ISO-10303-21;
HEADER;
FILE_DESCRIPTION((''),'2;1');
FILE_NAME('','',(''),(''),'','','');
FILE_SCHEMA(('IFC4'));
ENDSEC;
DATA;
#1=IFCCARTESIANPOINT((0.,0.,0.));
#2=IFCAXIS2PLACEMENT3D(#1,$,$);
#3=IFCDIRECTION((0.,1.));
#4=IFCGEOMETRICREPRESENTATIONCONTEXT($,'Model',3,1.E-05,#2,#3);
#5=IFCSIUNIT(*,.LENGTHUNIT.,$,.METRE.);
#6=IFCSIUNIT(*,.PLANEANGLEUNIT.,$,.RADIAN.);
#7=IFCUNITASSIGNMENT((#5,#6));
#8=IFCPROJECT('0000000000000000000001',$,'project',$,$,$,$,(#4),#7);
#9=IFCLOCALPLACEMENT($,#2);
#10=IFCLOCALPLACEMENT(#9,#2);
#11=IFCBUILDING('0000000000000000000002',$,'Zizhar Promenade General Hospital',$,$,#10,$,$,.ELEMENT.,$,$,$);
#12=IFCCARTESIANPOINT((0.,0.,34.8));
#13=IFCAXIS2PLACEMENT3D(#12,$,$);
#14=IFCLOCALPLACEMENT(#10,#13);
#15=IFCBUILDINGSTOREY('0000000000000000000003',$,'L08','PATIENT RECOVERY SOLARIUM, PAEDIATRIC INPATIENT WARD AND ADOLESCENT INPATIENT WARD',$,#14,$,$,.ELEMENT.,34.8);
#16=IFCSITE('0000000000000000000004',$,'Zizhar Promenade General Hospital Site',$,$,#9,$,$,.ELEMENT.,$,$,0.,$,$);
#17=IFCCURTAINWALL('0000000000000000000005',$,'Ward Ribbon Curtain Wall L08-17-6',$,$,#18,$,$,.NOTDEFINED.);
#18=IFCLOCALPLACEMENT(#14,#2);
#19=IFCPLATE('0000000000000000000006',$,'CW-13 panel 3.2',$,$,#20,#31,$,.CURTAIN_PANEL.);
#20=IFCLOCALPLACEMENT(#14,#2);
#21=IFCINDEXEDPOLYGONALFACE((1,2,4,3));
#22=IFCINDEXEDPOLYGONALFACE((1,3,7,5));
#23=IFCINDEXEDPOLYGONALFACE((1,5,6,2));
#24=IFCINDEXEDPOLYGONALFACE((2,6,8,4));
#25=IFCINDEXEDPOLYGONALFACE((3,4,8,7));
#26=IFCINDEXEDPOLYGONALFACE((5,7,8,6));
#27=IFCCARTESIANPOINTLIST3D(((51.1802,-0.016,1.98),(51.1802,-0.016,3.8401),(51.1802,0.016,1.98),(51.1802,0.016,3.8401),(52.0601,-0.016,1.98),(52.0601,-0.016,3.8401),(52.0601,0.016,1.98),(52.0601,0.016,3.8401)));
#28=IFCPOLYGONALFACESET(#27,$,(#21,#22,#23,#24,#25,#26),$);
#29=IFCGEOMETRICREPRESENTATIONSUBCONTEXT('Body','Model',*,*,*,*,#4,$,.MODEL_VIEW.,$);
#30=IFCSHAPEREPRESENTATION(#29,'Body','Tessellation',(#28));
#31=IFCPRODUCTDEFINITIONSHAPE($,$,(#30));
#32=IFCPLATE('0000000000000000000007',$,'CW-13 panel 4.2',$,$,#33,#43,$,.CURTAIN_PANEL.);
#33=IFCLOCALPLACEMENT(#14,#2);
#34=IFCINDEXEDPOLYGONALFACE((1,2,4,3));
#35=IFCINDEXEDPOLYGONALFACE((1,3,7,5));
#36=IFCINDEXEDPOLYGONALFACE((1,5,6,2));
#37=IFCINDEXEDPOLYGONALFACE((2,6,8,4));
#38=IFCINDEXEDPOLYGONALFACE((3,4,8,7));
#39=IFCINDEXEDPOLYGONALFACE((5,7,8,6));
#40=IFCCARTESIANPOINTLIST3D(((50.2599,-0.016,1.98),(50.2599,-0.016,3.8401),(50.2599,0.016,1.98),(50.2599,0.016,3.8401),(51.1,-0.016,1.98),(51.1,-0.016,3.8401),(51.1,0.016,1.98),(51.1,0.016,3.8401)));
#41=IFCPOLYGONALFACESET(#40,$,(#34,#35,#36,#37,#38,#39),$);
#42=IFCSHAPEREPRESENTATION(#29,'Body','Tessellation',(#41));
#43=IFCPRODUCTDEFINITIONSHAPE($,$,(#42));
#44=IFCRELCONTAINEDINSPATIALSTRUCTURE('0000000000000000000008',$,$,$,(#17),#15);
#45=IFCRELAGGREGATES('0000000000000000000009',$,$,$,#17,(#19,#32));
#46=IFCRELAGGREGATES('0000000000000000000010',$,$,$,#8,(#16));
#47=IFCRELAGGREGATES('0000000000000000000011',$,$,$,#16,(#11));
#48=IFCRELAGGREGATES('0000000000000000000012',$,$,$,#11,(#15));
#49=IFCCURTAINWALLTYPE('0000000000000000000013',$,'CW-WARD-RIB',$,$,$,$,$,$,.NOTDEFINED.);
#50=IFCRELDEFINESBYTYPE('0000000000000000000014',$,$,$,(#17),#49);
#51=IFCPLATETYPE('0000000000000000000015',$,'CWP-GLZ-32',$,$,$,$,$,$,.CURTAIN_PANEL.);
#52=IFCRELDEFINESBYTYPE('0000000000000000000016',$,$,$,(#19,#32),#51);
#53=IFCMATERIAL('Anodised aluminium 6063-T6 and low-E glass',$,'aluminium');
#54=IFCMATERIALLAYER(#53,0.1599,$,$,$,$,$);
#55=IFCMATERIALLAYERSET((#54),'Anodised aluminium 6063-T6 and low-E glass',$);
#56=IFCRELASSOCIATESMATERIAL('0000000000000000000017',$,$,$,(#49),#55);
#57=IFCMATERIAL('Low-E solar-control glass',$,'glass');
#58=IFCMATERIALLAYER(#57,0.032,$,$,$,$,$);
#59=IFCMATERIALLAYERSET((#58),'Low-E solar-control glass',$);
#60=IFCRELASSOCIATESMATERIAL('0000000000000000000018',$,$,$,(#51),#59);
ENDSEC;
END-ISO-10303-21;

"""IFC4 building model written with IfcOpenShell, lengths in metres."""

from ifc_helpers import new_model, si_unit, direction, frame, origin, origin_2d, place, context, subcontext, project, spatial, rectangle, extrude, material, layer, layer_set, type_object, element, aggregate, save


model = new_model("IFC4")

# Units and contexts
model_context = context("Model", 3, precision=1e-05, world=origin(), true_north=direction((0.0, 1.0)))
body_context = subcontext(model_context, "Body", "Model", "MODEL_VIEW")
ifc_project = project(units=[si_unit("LENGTHUNIT", "METRE"), si_unit("PLANEANGLEUNIT", "RADIAN")], contexts=[model_context])

# Site, building, storey
site_placement = place(None, origin())
site = spatial("IfcSite", under=ifc_project, at=site_placement, Name="Zizhar Promenade General Hospital Site", CompositionType="ELEMENT", RefElevation=0.0)
building_placement = place(site_placement, origin())
building = spatial("IfcBuilding", under=site, at=building_placement, Name="Zizhar Promenade General Hospital", CompositionType="ELEMENT")
storey_placement = place(building_placement, frame((0.0, 0.0, 34.8)))
storey = spatial("IfcBuildingStorey", under=building, at=storey_placement, Name="L08", Description="PATIENT RECOVERY SOLARIUM, PAEDIATRIC INPATIENT WARD AND ADOLESCENT INPATIENT WARD", CompositionType="ELEMENT", Elevation=34.8)

# Curtain wall, plates
ifc_material_1 = material(Name="Anodised aluminium 6063-T6 and low-E glass", Category="aluminium")
ifc_layer_1 = layer(ifc_material_1, 0.1599)
ifc_layer_set_1 = layer_set([ifc_layer_1], Name="Anodised aluminium 6063-T6 and low-E glass")
curtain_wall_type = type_object("IfcCurtainWallType", Name="CW-WARD-RIB", PredefinedType="NOTDEFINED", material=ifc_layer_set_1)
curtain_wall_placement = place(storey_placement, origin())
curtain_wall = element("IfcCurtainWall", 1, at=curtain_wall_placement, inside=storey, type_object=curtain_wall_type, Name="Ward Ribbon Curtain Wall L08-17-6", PredefinedType="NOTDEFINED")
ifc_material_2 = material(Name="Low-E solar-control glass", Category="glass")
ifc_layer_2 = layer(ifc_material_2, 0.032)
ifc_layer_set_2 = layer_set([ifc_layer_2], Name="Low-E solar-control glass")
plate_type = type_object("IfcPlateType", Name="CWP-GLZ-32", PredefinedType="CURTAIN_PANEL", material=ifc_layer_set_2)
plate_1_placement = place(storey_placement, frame((51.6201, 0.0, 1.98), z_axis=(0.0, 0.0, 1.0), x_axis=(-1.0, 0.0, 0.0)))
plate_1 = element("IfcPlate", 2, at=plate_1_placement, type_object=plate_type, Name="CW-13 panel 3.2", PredefinedType="CURTAIN_PANEL", context=body_context, shape_type="SweptSolid", body=[
    extrude(rectangle(XDim=0.8799, YDim=0.032, at=origin_2d()), origin(), (0.0, 0.0, 1.0), 1.8601),
])
plate_2_placement = place(storey_placement, frame((50.6799, 0.0, 1.98), z_axis=(0.0, 0.0, 1.0), x_axis=(-1.0, 0.0, 0.0)))
plate_2 = element("IfcPlate", 3, at=plate_2_placement, type_object=plate_type, Name="CW-13 panel 4.2", PredefinedType="CURTAIN_PANEL", context=body_context, shape_type="SweptSolid", body=[
    extrude(rectangle(XDim=0.8401, YDim=0.032, at=origin_2d()), origin(), (0.0, 0.0, 1.0), 1.8601),
])
aggregate(curtain_wall, [plate_1, plate_2])

save(model, "model.ifc")
